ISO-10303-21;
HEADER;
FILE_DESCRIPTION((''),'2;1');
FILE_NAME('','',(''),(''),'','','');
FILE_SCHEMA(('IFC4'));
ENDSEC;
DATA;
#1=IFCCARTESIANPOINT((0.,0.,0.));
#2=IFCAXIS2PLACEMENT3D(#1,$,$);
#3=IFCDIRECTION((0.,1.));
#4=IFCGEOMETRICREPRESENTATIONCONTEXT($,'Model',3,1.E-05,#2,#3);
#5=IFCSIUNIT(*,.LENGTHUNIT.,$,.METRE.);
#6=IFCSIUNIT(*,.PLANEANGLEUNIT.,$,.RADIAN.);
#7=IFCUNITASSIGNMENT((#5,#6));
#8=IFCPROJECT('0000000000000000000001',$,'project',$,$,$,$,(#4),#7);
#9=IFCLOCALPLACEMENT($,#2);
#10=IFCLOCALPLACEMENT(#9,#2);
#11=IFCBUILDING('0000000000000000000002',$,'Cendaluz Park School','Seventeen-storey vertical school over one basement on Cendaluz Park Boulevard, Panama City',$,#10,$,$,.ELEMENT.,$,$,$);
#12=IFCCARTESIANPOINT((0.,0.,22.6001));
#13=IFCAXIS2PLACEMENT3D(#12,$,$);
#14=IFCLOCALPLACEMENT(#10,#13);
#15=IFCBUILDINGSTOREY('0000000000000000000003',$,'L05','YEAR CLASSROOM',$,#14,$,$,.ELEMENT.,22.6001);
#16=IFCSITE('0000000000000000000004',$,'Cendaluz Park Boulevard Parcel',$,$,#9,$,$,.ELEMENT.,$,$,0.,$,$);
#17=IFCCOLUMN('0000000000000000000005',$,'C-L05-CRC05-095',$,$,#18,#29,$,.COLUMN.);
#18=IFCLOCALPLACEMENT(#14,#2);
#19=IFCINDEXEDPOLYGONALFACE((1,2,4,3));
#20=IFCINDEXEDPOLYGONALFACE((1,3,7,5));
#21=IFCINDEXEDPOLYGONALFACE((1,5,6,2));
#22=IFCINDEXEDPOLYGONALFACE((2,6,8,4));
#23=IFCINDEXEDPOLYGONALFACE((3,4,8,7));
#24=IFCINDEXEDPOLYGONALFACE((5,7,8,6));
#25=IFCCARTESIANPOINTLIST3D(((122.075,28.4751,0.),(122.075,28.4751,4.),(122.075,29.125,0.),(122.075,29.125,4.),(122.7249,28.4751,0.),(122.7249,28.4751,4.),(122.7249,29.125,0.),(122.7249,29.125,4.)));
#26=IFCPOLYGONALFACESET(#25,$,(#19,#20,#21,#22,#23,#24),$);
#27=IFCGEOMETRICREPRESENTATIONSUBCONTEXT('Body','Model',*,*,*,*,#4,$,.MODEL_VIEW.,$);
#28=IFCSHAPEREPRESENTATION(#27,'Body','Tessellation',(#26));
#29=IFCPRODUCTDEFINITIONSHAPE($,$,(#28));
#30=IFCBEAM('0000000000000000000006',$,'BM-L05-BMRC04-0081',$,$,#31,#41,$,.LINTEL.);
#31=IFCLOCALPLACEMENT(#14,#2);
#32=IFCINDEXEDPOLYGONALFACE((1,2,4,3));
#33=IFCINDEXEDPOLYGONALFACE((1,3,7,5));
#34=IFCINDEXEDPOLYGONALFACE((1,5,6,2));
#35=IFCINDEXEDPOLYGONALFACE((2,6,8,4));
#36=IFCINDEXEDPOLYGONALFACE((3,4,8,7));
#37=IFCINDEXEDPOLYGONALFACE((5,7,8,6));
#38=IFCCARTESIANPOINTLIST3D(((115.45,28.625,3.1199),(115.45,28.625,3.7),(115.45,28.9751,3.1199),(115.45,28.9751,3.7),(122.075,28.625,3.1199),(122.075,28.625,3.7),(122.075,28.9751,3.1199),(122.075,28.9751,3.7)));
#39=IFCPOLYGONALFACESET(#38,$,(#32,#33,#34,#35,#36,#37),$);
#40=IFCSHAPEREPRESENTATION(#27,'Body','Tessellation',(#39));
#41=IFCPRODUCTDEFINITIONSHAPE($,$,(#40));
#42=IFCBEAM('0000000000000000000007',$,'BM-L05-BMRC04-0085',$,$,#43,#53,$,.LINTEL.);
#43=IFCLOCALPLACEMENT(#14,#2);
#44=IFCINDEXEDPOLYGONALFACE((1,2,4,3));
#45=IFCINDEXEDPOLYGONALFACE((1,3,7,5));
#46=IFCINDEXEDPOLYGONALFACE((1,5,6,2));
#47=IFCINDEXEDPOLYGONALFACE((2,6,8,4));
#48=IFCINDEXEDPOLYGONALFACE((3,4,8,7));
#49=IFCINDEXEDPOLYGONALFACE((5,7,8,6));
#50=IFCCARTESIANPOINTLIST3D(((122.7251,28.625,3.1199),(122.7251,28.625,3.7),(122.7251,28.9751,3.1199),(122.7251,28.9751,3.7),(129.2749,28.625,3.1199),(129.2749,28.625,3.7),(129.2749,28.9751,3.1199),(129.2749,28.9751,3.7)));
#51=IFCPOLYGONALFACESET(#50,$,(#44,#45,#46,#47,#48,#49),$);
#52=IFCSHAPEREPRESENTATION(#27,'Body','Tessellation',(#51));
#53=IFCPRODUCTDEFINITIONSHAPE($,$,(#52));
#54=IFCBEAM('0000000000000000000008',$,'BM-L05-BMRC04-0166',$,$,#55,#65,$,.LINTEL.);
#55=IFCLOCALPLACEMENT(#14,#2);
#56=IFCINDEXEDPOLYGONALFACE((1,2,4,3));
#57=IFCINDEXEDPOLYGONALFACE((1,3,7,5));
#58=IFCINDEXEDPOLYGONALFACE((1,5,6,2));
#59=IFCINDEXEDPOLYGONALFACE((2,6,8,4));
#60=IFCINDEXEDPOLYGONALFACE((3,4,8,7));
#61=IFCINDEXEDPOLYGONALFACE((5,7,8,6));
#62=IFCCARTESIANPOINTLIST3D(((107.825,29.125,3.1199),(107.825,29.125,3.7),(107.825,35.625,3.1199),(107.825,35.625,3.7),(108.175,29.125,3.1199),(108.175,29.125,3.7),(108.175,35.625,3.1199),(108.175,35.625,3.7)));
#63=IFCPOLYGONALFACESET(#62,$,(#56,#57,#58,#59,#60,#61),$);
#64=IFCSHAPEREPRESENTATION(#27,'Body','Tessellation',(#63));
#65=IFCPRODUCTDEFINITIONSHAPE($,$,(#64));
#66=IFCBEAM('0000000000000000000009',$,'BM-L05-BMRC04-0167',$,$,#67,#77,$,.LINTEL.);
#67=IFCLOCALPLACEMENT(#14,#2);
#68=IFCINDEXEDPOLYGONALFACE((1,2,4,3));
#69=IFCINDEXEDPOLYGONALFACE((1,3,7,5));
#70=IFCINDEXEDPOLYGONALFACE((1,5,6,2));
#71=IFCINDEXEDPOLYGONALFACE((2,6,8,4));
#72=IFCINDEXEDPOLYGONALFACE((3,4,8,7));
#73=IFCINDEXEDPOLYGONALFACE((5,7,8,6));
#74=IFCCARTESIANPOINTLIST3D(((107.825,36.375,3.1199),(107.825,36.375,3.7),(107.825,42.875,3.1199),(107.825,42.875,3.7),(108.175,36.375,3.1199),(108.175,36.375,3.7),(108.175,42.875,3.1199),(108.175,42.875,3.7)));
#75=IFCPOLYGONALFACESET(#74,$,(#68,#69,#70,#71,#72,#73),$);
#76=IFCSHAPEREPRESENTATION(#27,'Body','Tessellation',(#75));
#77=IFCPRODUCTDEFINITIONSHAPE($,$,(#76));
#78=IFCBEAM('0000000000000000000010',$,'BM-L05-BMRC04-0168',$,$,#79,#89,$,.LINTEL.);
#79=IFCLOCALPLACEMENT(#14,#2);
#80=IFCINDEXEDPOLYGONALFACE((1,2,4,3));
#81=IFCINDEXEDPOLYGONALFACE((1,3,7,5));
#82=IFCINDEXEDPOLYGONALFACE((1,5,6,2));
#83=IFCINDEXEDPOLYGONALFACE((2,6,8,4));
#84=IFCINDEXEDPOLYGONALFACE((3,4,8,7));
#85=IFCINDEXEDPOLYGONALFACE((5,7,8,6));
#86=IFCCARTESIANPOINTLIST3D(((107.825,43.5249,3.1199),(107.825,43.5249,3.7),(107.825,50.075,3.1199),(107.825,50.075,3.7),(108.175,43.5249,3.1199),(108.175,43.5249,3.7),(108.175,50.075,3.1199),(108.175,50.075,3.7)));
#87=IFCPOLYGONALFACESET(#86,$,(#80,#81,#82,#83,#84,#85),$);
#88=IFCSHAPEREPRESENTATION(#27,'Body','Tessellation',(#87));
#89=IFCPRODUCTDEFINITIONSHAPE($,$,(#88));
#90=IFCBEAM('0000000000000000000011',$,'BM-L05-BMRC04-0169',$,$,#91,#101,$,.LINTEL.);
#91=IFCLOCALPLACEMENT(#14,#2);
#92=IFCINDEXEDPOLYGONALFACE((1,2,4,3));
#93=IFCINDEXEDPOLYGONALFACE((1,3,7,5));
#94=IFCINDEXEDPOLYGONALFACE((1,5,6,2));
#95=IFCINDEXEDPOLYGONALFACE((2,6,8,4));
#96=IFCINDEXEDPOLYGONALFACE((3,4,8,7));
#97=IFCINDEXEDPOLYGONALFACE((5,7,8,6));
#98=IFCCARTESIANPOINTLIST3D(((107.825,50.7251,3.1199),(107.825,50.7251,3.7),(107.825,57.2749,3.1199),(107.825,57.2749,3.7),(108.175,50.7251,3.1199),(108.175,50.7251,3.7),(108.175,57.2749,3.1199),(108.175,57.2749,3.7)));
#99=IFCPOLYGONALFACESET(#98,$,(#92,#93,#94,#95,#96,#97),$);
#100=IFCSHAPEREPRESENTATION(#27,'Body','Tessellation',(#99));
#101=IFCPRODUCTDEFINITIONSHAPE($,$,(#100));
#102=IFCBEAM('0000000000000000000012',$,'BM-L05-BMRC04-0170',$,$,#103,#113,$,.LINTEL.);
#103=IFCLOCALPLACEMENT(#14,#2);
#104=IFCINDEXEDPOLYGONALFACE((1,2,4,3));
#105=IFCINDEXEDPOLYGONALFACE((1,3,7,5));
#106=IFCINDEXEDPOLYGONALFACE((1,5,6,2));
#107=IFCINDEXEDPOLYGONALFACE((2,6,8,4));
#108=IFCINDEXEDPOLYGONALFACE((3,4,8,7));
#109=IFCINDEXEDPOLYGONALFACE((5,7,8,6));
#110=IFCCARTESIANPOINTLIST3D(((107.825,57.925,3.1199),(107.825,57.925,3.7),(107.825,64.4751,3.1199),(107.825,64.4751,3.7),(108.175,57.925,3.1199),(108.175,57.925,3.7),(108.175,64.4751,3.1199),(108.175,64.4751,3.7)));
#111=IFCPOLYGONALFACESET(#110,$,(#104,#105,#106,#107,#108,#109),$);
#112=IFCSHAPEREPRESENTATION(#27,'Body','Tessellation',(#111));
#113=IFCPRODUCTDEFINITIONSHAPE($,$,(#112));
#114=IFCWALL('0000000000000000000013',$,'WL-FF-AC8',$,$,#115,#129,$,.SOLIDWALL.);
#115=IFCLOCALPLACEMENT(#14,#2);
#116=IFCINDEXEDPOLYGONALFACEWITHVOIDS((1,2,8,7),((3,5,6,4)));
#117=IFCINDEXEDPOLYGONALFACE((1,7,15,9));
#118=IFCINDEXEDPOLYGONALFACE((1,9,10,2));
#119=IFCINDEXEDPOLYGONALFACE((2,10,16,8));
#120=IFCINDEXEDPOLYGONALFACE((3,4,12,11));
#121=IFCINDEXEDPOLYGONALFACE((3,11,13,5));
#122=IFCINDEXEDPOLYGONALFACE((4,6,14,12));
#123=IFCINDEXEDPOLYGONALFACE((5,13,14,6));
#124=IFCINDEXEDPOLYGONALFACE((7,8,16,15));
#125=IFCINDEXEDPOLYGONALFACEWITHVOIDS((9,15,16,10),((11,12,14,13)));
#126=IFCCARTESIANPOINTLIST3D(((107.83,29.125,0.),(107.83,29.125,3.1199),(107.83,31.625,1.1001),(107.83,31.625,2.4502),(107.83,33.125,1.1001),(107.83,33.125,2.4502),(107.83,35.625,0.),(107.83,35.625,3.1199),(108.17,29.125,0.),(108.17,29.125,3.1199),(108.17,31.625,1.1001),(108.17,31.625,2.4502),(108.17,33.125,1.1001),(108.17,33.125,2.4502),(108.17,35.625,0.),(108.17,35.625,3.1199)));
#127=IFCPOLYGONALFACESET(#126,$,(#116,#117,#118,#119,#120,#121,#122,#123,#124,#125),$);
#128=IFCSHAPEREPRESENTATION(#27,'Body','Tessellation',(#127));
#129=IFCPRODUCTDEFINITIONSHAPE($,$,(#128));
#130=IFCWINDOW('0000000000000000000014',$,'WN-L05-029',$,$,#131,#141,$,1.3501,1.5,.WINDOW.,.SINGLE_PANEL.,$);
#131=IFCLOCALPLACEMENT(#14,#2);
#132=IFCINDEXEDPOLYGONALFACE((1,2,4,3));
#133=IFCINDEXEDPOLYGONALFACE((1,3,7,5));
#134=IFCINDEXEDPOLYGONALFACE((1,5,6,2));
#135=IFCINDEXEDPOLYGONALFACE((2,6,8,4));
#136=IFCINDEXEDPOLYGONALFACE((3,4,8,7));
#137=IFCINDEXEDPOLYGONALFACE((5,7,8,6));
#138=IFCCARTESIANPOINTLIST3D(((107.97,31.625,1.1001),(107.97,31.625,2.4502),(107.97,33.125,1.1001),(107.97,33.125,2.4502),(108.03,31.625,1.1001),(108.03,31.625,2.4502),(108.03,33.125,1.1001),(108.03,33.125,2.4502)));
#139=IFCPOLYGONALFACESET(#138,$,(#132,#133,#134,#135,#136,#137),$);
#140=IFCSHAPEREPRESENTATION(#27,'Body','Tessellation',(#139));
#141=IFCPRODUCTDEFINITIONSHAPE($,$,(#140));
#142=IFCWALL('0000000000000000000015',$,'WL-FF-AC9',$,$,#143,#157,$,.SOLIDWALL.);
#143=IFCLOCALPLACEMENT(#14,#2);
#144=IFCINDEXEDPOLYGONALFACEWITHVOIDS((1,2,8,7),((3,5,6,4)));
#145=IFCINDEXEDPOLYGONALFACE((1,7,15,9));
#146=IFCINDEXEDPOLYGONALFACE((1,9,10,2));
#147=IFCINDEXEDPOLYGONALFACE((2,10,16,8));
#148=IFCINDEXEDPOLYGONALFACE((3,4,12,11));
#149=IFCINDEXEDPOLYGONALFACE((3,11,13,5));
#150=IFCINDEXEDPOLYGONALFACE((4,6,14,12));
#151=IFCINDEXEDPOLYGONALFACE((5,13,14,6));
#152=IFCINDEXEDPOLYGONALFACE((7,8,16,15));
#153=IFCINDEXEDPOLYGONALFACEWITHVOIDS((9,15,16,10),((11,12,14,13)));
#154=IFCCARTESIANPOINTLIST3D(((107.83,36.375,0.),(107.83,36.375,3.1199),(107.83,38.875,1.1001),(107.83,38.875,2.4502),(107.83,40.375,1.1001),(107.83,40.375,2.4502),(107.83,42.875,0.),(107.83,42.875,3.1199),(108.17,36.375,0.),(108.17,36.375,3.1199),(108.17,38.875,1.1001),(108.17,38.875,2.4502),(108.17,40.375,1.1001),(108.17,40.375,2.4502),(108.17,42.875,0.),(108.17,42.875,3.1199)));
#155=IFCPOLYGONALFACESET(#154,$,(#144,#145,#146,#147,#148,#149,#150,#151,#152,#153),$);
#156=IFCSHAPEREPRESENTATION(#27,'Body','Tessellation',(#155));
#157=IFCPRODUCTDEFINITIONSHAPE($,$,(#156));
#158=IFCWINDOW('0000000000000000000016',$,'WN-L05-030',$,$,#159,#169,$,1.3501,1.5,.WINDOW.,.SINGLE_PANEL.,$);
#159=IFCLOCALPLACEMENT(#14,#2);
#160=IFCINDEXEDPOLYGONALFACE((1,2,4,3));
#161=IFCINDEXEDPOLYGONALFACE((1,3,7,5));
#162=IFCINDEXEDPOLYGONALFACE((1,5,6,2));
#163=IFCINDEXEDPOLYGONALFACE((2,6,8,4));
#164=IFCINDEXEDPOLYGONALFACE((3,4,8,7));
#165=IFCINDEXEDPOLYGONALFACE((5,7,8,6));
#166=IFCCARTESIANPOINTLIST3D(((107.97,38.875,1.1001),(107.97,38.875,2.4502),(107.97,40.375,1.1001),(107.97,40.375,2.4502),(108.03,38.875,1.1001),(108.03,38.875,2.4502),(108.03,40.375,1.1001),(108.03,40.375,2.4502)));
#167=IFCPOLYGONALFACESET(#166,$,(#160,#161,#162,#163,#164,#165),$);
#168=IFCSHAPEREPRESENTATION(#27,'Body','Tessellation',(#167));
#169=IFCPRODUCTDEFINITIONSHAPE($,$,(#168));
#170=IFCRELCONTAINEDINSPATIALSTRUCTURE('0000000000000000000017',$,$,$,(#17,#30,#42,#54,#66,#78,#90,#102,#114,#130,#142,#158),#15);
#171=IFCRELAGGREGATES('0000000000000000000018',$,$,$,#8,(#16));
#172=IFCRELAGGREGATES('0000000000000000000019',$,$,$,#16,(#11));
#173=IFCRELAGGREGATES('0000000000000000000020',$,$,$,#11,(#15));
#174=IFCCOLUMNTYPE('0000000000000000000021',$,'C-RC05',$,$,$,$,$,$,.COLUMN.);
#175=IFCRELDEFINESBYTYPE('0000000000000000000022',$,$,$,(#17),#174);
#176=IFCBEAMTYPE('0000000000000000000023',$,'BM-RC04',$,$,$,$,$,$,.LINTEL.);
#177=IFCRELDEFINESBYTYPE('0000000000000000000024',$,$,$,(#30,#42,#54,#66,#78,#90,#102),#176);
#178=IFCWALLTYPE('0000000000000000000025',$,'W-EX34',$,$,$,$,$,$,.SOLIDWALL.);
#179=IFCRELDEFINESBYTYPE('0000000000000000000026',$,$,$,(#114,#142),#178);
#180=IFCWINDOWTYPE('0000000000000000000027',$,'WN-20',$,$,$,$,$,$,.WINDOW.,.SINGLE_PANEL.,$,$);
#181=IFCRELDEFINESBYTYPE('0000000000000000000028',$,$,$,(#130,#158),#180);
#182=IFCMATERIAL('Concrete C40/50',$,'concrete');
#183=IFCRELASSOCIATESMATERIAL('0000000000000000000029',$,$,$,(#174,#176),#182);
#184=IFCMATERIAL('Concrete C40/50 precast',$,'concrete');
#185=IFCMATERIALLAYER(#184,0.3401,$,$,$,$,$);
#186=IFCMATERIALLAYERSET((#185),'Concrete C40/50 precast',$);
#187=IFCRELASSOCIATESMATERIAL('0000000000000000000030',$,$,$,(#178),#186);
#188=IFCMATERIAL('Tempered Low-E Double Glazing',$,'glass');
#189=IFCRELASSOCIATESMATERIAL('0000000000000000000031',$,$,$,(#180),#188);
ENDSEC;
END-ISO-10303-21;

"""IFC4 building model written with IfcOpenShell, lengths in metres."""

from ifc_helpers import new_model, si_unit, direction, frame, frame_2d, origin, origin_2d, place, context, subcontext, project, spatial, rectangle, extrude, material, layer, layer_set, material_profile, profile_set, type_object, element, fill, save


model = new_model("IFC4")

# Units and contexts
model_context = context("Model", 3, precision=1e-05, world=origin(), true_north=direction((0.0, 1.0)))
body_context = subcontext(model_context, "Body", "Model", "MODEL_VIEW")
ifc_project = project(units=[si_unit("LENGTHUNIT", "METRE"), si_unit("PLANEANGLEUNIT", "RADIAN")], contexts=[model_context])

# Site, building, storey
site_placement = place(None, origin())
site = spatial("IfcSite", under=ifc_project, at=site_placement, Name="Cendaluz Park Boulevard Parcel", CompositionType="ELEMENT", RefElevation=0.0)
building_placement = place(site_placement, origin())
building = spatial("IfcBuilding", under=site, at=building_placement, Name="Cendaluz Park School", Description="Seventeen-storey vertical school over one basement on Cendaluz Park Boulevard, Panama City", CompositionType="ELEMENT")
storey_placement = place(building_placement, frame((0.0, 0.0, 22.6001)))
storey = spatial("IfcBuildingStorey", under=building, at=storey_placement, Name="L05", Description="YEAR CLASSROOM", CompositionType="ELEMENT", Elevation=22.6001)

# Column
ifc_material_1 = material(Name="Concrete C40/50", Category="concrete")
ifc_material_profile_1 = material_profile(ifc_material_1, rectangle(XDim=0.6499, YDim=0.6499, at=origin_2d()), Name="RC 650x650", Category="concrete")
ifc_profile_set_1 = profile_set([ifc_material_profile_1], Name="Concrete C40/50")
column_type = type_object("IfcColumnType", Name="C-RC05", PredefinedType="COLUMN", material=ifc_profile_set_1)
column_placement = place(storey_placement, frame((122.3999, 28.8, 0.0), z_axis=(0.0, 0.0, 1.0), x_axis=(1.0, 0.0, 0.0)))
element("IfcColumn", 1, at=column_placement, inside=storey, type_object=column_type, Name="C-L05-CRC05-095", PredefinedType="COLUMN", context=body_context, shape_type="SweptSolid", body=[
    extrude(rectangle(XDim=0.6499, YDim=0.6499, at=origin_2d()), origin(), (0.0, 0.0, 1.0), 4.0),
])

# Beams
ifc_material_profile_2 = material_profile(ifc_material_1, rectangle(XDim=0.3501, YDim=0.5801, at=origin_2d()), Name="RC 350x580", Category="concrete")
ifc_profile_set_2 = profile_set([ifc_material_profile_2], Name="Concrete C40/50")
beam_type = type_object("IfcBeamType", Name="BM-RC04", PredefinedType="LINTEL", material=ifc_profile_set_2)
beam_1_placement = place(storey_placement, frame((115.45, 28.8, 3.4099), z_axis=(1.0, 0.0, 0.0), x_axis=(0.0, 1.0, 0.0)))
element("IfcBeam", 2, at=beam_1_placement, inside=storey, type_object=beam_type, Name="BM-L05-BMRC04-0081", PredefinedType="LINTEL", context=body_context, shape_type="SweptSolid", body=[
    extrude(rectangle(XDim=0.3501, YDim=0.5801, at=origin_2d()), origin(), (0.0, 0.0, 1.0), 6.625),
])
beam_2_placement = place(storey_placement, frame((122.7251, 28.8, 3.4099), z_axis=(1.0, 0.0, 0.0), x_axis=(0.0, 1.0, 0.0)))
element("IfcBeam", 3, at=beam_2_placement, inside=storey, type_object=beam_type, Name="BM-L05-BMRC04-0085", PredefinedType="LINTEL", context=body_context, shape_type="SweptSolid", body=[
    extrude(rectangle(XDim=0.3501, YDim=0.5801, at=origin_2d()), origin(), (0.0, 0.0, 1.0), 6.5498),
])
for number, where, z_axis, x_axis, name in (
    (4, (108.0, 29.125, 3.4099), (0.0, 1.0, 0.0), (-1.0, 0.0, 0.0), "BM-L05-BMRC04-0166"),
    (5, (108.0, 36.375, 3.4099), (0.0, 1.0, 0.0), (-1.0, 0.0, 0.0), "BM-L05-BMRC04-0167"),
):
    element("IfcBeam", number, at=place(storey_placement, frame(where, z_axis=z_axis, x_axis=x_axis)), inside=storey, type_object=beam_type, Name=name, PredefinedType="LINTEL", context=body_context, shape_type="SweptSolid", body=[
        extrude(rectangle(XDim=0.3501, YDim=0.5801, at=origin_2d()), origin(), (0.0, 0.0, 1.0), 6.5),
    ])
beam_3_placement = place(storey_placement, frame((108.0, 43.5249, 3.4099), z_axis=(0.0, 1.0, 0.0), x_axis=(-1.0, 0.0, 0.0)))
element("IfcBeam", 6, at=beam_3_placement, inside=storey, type_object=beam_type, Name="BM-L05-BMRC04-0168", PredefinedType="LINTEL", context=body_context, shape_type="SweptSolid", body=[
    extrude(rectangle(XDim=0.3501, YDim=0.5801, at=origin_2d()), origin(), (0.0, 0.0, 1.0), 6.55),
])
beam_4_placement = place(storey_placement, frame((108.0, 50.7251, 3.4099), z_axis=(0.0, 1.0, 0.0), x_axis=(-1.0, 0.0, 0.0)))
element("IfcBeam", 7, at=beam_4_placement, inside=storey, type_object=beam_type, Name="BM-L05-BMRC04-0169", PredefinedType="LINTEL", context=body_context, shape_type="SweptSolid", body=[
    extrude(rectangle(XDim=0.3501, YDim=0.5801, at=origin_2d()), origin(), (0.0, 0.0, 1.0), 6.5498),
])
beam_5_placement = place(storey_placement, frame((108.0, 57.925, 3.4099), z_axis=(0.0, 1.0, 0.0), x_axis=(-1.0, 0.0, 0.0)))
element("IfcBeam", 8, at=beam_5_placement, inside=storey, type_object=beam_type, Name="BM-L05-BMRC04-0170", PredefinedType="LINTEL", context=body_context, shape_type="SweptSolid", body=[
    extrude(rectangle(XDim=0.3501, YDim=0.5801, at=origin_2d()), origin(), (0.0, 0.0, 1.0), 6.55),
])

# Walls, openings, windows
ifc_material_2 = material(Name="Concrete C40/50 precast", Category="concrete")
ifc_layer_1 = layer(ifc_material_2, 0.3401)
ifc_layer_set_1 = layer_set([ifc_layer_1], Name="Concrete C40/50 precast")
wall_type_1 = type_object("IfcWallType", Name="W-EX34", PredefinedType="SOLIDWALL", material=ifc_layer_set_1)
wall_1_placement = place(storey_placement, frame((108.0, 29.125, 0.0), z_axis=(0.0, 0.0, 1.0), x_axis=(0.0, 1.0, 0.0)))
wall_1 = element("IfcWall", 9, at=wall_1_placement, inside=storey, type_object=wall_type_1, Name="WL-FF-AC8", PredefinedType="SOLIDWALL", context=body_context, shape_type="SweptSolid", body=[
    extrude(rectangle(XDim=6.5, YDim=0.3401, at=frame_2d((3.25, 0.0))), origin(), (0.0, 0.0, 1.0), 3.1199),
])
opening_1_placement = place(wall_1_placement, frame((2.5, 0.0, 1.1001)))
opening_1 = element("IfcOpeningElement", 10, at=opening_1_placement, cuts=wall_1, PredefinedType="OPENING", context=body_context, shape_type="SweptSolid", body=[
    extrude(rectangle(XDim=1.5, YDim=1.3501, at=frame_2d((0.75, 0.675))), frame((0.0, 0.1821, 0.0), z_axis=(0.0, -1.0, 0.0), x_axis=(1.0, 0.0, 0.0)), (0.0, 0.0, 1.0), 0.364),
])
ifc_material_3 = material(Name="Tempered Low-E Double Glazing", Category="glass")
window_type_1 = type_object("IfcWindowType", Name="WN-20", PartitioningType="SINGLE_PANEL", PredefinedType="WINDOW", material=ifc_material_3)
window_1_placement = place(opening_1_placement, origin())
window_1 = element("IfcWindow", 11, at=window_1_placement, inside=storey, type_object=window_type_1, Name="WN-L05-029", OverallHeight=1.3501, OverallWidth=1.5, PartitioningType="SINGLE_PANEL", PredefinedType="WINDOW", context=body_context, shape_type="SweptSolid", body=[
    extrude(rectangle(XDim=1.5, YDim=1.3501, at=frame_2d((0.75, 0.675))), frame((0.0, 0.03, 0.0), z_axis=(0.0, -1.0, 0.0), x_axis=(1.0, 0.0, 0.0)), (0.0, 0.0, 1.0), 0.0601),
])
fill(opening_1, window_1)
wall_2_placement = place(storey_placement, frame((108.0, 36.375, 0.0), z_axis=(0.0, 0.0, 1.0), x_axis=(0.0, 1.0, 0.0)))
wall_2 = element("IfcWall", 12, at=wall_2_placement, inside=storey, type_object=wall_type_1, Name="WL-FF-AC9", PredefinedType="SOLIDWALL", context=body_context, shape_type="SweptSolid", body=[
    extrude(rectangle(XDim=6.5, YDim=0.3401, at=frame_2d((3.25, 0.0))), origin(), (0.0, 0.0, 1.0), 3.1199),
])
opening_2_placement = place(wall_2_placement, frame((2.5, 0.0, 1.1001)))
opening_2 = element("IfcOpeningElement", 13, at=opening_2_placement, cuts=wall_2, PredefinedType="OPENING", context=body_context, shape_type="SweptSolid", body=[
    extrude(rectangle(XDim=1.5, YDim=1.3501, at=frame_2d((0.75, 0.675))), frame((0.0, 0.1821, 0.0), z_axis=(0.0, -1.0, 0.0), x_axis=(1.0, 0.0, 0.0)), (0.0, 0.0, 1.0), 0.364),
])
window_2_placement = place(opening_2_placement, origin())
window_2 = element("IfcWindow", 14, at=window_2_placement, inside=storey, type_object=window_type_1, Name="WN-L05-030", OverallHeight=1.3501, OverallWidth=1.5, PartitioningType="SINGLE_PANEL", PredefinedType="WINDOW", context=body_context, shape_type="SweptSolid", body=[
    extrude(rectangle(XDim=1.5, YDim=1.3501, at=frame_2d((0.75, 0.675))), frame((0.0, 0.03, 0.0), z_axis=(0.0, -1.0, 0.0), x_axis=(1.0, 0.0, 0.0)), (0.0, 0.0, 1.0), 0.0601),
])
fill(opening_2, window_2)

save(model, "model.ifc")
